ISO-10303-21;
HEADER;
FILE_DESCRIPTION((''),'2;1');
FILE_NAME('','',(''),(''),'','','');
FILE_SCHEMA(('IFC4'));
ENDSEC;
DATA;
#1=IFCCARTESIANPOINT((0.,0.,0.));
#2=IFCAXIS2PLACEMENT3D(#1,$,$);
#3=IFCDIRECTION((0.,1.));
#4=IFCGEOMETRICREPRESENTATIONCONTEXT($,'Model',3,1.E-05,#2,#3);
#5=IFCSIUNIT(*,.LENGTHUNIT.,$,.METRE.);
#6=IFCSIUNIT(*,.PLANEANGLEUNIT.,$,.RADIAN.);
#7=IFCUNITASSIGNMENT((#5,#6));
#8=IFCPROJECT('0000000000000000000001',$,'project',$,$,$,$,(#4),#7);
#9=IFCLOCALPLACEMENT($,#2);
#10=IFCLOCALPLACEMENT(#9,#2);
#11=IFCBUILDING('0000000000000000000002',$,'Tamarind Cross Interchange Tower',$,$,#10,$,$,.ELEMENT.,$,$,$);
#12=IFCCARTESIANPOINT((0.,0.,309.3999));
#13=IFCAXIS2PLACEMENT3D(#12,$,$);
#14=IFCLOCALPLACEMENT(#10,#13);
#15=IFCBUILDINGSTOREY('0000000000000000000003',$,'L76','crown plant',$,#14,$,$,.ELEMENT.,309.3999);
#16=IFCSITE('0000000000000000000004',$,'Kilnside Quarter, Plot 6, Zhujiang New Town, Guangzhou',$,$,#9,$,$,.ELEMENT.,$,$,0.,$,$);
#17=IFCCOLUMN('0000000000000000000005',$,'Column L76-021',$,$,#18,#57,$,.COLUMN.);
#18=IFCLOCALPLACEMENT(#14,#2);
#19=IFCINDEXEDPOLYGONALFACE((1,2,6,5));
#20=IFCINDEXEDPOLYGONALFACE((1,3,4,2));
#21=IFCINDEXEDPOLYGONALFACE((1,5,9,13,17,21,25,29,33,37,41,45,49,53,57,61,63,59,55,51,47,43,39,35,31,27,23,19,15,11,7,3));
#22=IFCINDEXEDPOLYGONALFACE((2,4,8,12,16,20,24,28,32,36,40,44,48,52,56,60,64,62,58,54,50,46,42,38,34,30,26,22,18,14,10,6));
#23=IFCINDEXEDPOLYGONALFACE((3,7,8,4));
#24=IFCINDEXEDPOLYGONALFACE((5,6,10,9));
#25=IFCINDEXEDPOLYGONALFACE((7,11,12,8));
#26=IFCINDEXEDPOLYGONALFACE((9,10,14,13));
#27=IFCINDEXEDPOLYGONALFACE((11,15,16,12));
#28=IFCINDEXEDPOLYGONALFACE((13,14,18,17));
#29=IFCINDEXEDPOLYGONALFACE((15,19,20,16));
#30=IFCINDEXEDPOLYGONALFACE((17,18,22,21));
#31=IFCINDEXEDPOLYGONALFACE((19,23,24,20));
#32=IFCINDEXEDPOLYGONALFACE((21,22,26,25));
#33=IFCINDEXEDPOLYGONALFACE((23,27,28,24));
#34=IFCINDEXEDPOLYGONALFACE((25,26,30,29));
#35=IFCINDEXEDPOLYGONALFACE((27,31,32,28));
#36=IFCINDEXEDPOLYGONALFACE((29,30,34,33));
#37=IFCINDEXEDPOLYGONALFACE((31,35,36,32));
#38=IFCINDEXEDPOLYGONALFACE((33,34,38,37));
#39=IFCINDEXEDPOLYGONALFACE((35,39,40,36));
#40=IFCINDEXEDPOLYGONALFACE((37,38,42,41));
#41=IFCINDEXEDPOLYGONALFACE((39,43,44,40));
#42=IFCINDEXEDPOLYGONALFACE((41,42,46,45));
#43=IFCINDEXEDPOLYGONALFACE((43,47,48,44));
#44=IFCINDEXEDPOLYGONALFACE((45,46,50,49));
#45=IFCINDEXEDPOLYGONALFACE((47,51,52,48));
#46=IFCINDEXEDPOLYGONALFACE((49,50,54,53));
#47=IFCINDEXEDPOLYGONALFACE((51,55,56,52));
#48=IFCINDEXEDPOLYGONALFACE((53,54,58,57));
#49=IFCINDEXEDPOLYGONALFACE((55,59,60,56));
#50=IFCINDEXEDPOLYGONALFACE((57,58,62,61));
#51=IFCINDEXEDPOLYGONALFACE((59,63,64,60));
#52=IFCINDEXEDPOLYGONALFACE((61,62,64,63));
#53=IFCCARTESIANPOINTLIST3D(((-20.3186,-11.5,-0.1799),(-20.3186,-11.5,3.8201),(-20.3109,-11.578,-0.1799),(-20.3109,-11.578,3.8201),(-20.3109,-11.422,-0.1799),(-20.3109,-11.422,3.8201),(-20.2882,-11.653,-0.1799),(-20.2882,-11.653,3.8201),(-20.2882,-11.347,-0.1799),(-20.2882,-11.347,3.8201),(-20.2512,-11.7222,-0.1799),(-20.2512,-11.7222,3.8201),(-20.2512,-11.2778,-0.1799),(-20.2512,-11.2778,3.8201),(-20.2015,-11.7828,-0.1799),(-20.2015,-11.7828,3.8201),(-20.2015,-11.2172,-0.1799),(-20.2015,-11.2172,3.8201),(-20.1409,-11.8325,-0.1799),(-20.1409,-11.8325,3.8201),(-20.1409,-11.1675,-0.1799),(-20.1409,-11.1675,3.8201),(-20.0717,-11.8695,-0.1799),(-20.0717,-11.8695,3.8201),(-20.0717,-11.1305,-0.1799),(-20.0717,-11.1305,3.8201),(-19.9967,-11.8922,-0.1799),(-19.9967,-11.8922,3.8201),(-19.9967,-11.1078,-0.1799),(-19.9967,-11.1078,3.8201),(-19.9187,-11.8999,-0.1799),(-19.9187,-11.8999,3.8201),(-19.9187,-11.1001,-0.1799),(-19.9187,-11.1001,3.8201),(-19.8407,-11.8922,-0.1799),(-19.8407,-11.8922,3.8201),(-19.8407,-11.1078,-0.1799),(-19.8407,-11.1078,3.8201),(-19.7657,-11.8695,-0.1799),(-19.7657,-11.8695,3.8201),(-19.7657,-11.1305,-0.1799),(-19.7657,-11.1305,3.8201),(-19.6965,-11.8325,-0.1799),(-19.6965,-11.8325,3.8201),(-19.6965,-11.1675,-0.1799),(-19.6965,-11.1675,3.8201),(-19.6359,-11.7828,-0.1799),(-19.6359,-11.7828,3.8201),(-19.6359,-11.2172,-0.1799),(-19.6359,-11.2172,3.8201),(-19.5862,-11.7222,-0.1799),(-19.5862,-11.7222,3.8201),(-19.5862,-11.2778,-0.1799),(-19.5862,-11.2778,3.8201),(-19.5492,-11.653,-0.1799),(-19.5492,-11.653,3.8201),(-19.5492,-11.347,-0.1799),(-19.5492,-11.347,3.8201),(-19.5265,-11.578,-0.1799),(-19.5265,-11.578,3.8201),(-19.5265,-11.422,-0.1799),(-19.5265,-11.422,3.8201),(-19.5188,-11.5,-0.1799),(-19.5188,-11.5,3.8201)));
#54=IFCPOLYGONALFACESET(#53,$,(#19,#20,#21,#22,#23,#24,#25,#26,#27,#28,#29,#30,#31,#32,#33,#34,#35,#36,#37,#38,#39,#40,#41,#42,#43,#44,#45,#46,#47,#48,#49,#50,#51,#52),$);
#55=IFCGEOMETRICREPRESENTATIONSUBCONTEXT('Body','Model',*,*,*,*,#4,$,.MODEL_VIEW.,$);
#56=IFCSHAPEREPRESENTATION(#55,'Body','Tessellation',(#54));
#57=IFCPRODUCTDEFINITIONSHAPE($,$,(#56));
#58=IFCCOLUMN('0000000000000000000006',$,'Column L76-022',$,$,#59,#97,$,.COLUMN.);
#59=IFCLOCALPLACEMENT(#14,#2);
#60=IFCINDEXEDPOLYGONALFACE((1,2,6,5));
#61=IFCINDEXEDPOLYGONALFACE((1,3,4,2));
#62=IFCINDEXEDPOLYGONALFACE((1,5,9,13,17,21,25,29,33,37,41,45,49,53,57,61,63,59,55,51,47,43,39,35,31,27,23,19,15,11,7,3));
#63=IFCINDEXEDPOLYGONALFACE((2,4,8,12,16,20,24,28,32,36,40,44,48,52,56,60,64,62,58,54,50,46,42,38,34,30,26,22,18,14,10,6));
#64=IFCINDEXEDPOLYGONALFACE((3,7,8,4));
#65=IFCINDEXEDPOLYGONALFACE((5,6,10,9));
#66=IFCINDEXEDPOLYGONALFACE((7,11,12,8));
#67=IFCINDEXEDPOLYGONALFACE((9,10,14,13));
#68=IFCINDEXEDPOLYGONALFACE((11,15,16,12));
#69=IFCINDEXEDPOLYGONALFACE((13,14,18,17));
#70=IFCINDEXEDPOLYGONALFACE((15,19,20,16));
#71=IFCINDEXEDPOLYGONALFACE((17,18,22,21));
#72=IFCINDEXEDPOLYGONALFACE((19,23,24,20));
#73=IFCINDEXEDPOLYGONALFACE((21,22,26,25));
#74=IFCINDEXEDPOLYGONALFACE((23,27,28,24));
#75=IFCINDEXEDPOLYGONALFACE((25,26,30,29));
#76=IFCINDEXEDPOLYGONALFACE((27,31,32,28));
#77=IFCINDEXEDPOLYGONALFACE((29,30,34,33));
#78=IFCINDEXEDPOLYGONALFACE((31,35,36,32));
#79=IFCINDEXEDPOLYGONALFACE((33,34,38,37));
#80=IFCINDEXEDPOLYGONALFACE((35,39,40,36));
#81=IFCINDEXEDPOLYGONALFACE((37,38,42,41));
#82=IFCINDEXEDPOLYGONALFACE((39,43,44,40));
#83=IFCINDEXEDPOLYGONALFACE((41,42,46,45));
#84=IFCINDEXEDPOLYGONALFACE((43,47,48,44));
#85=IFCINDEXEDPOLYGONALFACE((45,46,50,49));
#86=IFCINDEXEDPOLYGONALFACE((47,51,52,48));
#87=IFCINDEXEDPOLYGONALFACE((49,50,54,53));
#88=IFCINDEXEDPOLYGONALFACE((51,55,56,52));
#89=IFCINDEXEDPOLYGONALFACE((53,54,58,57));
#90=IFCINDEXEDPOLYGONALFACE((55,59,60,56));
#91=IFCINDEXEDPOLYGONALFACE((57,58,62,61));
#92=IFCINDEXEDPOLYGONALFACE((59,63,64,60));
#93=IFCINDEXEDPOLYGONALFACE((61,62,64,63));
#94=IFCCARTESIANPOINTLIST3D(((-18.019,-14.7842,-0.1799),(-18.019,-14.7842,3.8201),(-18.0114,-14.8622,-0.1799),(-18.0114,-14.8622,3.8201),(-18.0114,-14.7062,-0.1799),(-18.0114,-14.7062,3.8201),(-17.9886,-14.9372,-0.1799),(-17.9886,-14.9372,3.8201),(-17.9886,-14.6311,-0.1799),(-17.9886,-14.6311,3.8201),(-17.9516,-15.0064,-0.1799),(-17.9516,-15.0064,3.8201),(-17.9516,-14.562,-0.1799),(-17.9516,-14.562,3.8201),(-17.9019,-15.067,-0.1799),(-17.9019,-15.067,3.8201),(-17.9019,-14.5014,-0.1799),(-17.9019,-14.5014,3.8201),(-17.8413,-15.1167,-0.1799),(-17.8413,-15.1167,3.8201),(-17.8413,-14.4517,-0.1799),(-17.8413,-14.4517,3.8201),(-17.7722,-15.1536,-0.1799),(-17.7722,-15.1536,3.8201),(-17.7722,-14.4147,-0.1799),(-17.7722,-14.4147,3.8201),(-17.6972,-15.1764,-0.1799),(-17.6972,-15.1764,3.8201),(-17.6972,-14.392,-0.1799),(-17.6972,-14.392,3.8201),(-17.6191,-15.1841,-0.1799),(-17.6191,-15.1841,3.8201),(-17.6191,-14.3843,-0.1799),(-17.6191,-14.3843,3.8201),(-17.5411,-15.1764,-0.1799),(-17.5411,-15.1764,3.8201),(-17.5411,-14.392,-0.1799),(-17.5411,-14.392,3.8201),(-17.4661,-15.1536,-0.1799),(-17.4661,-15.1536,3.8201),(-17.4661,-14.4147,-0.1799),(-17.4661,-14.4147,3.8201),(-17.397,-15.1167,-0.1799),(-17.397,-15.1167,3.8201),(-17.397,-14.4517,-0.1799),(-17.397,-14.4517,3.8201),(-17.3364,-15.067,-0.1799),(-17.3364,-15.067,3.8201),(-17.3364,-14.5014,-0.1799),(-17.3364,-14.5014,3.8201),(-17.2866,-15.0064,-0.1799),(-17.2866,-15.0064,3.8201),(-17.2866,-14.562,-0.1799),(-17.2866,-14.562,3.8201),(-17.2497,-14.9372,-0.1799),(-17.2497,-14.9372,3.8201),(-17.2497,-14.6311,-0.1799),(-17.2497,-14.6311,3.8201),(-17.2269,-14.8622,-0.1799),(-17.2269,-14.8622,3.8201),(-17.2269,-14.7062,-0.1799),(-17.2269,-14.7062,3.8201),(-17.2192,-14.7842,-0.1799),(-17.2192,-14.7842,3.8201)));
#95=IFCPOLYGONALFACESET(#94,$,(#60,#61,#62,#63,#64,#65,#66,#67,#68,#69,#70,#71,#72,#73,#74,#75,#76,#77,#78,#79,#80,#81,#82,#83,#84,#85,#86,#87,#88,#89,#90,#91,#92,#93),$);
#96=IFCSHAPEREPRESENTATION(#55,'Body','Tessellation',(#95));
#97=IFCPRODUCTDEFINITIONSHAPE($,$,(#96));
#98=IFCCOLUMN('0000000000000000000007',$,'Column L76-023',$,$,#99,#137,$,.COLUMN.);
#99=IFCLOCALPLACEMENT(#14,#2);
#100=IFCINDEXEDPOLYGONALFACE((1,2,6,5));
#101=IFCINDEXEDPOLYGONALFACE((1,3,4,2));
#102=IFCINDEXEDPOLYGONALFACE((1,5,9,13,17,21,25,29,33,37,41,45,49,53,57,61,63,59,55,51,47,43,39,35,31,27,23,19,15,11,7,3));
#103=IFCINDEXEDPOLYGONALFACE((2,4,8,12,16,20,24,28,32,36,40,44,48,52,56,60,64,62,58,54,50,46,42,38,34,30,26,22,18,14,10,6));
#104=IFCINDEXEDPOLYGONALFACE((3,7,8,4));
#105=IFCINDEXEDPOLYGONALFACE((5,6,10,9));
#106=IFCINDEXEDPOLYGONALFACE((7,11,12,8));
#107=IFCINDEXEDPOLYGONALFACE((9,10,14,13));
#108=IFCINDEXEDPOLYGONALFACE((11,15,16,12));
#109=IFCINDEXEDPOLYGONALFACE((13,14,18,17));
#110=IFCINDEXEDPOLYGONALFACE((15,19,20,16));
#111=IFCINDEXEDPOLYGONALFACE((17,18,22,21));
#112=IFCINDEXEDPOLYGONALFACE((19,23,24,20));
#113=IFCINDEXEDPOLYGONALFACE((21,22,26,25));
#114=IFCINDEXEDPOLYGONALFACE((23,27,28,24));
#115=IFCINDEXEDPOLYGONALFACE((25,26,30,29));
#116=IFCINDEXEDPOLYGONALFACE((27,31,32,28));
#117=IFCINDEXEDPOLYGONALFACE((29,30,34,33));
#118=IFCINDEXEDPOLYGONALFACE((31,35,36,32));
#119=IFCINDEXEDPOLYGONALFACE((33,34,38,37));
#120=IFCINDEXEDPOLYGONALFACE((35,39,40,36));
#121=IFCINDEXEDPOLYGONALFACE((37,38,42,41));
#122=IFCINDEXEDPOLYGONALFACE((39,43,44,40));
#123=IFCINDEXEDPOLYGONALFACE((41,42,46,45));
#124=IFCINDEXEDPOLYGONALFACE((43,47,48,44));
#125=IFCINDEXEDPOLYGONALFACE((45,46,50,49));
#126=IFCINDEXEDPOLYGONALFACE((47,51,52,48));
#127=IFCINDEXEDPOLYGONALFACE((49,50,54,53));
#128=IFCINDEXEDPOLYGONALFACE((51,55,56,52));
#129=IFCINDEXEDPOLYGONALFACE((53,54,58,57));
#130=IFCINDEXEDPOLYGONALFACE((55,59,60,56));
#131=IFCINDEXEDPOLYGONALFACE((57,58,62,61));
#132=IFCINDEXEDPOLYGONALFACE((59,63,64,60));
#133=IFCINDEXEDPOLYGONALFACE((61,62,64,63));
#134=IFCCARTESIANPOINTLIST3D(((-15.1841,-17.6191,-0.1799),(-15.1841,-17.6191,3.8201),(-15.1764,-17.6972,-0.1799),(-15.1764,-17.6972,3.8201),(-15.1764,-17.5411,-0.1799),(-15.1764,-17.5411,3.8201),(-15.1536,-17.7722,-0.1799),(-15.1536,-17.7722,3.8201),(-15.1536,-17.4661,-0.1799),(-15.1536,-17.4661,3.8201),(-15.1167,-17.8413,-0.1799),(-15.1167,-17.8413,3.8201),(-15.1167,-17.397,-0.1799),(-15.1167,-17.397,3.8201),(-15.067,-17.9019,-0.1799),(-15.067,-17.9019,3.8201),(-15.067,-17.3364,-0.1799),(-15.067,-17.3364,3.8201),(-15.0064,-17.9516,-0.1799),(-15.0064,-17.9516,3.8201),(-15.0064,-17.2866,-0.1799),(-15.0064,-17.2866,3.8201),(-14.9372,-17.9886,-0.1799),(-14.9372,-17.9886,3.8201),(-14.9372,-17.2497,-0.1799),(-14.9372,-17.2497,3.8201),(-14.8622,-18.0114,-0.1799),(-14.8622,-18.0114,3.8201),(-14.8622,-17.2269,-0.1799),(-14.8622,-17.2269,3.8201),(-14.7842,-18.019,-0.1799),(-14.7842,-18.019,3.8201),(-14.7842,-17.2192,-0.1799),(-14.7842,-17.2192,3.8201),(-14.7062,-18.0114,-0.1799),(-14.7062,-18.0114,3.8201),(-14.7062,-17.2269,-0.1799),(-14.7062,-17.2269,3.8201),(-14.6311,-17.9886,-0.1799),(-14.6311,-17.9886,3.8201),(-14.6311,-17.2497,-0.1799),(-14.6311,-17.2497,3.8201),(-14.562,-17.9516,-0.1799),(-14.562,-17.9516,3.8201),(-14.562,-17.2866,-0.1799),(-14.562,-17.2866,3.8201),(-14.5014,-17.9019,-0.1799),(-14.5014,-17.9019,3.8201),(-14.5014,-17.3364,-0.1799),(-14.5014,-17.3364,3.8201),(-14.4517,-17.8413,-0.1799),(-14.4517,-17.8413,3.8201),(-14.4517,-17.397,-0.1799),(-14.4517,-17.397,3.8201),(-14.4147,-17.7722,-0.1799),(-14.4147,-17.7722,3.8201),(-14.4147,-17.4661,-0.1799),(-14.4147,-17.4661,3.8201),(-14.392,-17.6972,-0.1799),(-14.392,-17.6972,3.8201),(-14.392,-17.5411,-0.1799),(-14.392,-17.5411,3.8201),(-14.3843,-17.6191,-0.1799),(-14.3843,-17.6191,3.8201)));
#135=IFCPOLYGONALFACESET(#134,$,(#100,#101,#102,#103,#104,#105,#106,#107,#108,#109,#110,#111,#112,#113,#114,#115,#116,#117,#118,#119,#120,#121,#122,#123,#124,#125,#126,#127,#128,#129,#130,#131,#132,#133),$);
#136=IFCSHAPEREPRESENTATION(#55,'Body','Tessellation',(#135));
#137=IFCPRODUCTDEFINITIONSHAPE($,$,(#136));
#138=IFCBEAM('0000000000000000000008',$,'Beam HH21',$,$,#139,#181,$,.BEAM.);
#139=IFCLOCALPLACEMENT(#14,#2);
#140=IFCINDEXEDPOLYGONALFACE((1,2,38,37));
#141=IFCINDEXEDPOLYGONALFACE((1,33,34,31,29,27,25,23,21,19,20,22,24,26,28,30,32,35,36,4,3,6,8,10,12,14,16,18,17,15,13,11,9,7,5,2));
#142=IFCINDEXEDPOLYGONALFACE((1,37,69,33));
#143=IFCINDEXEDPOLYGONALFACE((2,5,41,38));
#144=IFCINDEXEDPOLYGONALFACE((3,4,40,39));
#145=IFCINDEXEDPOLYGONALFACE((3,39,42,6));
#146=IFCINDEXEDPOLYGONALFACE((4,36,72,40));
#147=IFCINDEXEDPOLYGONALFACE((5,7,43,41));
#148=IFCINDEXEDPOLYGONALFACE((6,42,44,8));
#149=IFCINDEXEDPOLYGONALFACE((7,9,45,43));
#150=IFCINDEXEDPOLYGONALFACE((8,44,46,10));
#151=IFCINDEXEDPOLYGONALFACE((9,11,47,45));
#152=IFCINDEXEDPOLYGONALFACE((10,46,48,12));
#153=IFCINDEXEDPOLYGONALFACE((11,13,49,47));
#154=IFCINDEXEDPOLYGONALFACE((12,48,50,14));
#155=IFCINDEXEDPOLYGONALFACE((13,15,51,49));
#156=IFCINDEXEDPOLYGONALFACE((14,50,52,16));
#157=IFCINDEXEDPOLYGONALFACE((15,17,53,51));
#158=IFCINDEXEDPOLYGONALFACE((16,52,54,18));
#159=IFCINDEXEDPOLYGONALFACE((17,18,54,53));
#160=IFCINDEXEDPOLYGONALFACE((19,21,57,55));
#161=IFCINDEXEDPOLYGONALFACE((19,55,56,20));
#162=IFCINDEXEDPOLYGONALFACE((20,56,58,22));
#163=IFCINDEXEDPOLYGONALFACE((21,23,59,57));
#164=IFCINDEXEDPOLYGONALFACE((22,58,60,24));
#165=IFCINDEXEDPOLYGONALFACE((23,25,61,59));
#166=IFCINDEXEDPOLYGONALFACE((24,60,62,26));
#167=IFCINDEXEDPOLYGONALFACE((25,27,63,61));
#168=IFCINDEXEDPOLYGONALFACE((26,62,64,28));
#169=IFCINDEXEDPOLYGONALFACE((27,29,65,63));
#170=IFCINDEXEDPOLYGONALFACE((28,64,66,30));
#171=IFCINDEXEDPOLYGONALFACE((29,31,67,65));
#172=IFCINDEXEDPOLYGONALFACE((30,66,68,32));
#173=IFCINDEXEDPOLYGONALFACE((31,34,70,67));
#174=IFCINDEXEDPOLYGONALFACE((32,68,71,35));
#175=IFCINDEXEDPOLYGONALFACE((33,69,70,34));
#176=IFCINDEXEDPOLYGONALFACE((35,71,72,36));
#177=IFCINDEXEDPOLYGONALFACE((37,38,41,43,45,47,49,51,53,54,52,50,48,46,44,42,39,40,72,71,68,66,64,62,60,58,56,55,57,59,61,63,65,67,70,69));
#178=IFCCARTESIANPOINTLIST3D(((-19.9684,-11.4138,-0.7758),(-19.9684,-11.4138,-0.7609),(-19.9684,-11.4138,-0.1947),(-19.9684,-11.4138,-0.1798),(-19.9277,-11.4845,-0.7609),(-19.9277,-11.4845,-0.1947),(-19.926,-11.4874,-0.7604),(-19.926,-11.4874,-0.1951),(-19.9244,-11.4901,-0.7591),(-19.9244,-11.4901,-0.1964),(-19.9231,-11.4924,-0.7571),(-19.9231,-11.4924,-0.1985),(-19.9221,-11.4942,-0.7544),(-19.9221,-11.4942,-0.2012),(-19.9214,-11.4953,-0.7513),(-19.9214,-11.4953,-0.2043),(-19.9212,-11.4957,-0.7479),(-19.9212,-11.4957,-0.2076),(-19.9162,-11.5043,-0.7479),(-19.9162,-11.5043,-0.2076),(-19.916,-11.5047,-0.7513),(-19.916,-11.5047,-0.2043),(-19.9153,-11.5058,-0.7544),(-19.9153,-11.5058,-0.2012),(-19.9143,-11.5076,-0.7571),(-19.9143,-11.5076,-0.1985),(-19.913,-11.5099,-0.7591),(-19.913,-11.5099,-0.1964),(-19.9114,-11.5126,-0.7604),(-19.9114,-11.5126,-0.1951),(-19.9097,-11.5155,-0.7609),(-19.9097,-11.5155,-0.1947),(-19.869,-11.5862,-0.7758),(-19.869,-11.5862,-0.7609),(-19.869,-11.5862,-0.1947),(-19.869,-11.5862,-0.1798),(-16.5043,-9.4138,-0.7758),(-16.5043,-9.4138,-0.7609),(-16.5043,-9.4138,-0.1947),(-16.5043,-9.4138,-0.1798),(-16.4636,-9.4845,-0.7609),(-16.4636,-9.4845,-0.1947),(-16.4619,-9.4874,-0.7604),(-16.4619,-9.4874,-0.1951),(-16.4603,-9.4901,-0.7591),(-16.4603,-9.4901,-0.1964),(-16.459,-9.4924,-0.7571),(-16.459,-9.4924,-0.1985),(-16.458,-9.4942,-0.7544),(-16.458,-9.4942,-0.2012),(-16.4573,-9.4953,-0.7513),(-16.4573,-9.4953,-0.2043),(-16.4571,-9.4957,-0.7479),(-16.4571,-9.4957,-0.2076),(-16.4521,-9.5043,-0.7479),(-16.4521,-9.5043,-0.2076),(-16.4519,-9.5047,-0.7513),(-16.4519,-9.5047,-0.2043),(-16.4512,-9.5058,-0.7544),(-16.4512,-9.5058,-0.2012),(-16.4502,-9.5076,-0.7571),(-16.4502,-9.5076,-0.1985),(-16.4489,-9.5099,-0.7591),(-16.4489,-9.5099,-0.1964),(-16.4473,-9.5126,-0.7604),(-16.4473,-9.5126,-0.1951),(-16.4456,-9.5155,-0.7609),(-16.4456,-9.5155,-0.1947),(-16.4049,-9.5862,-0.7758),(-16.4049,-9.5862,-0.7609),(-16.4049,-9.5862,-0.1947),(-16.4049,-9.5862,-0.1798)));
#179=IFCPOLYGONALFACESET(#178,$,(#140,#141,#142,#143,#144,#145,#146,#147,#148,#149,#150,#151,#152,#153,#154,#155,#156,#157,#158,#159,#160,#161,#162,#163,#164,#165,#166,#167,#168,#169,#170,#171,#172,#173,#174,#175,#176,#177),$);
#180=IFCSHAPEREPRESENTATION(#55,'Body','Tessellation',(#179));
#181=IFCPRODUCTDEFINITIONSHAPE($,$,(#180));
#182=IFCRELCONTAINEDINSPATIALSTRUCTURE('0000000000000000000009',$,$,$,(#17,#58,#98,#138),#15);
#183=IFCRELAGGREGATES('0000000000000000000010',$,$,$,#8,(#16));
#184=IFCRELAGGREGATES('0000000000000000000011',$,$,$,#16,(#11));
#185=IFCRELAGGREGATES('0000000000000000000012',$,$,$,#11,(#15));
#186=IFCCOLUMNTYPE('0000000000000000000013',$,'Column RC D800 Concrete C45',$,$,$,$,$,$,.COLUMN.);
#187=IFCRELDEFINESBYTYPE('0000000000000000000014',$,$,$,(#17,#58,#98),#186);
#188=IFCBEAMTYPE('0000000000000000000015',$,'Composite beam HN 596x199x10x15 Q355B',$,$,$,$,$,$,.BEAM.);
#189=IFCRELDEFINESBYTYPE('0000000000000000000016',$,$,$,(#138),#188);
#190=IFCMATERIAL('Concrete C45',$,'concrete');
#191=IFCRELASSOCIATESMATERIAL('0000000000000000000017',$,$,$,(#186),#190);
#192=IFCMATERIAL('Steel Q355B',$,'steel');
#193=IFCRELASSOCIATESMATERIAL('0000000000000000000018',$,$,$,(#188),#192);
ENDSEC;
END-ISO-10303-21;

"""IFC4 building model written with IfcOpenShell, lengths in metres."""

from ifc_helpers import new_model, si_unit, direction, frame, origin, origin_2d, place, context, subcontext, project, spatial, circle, i_section, extrude, material, material_profile, profile_set, type_object, element, save


model = new_model("IFC4")

# Units and contexts
model_context = context("Model", 3, precision=1e-05, world=origin(), true_north=direction((0.0, 1.0)))
body_context = subcontext(model_context, "Body", "Model", "MODEL_VIEW")
ifc_project = project(units=[si_unit("LENGTHUNIT", "METRE"), si_unit("PLANEANGLEUNIT", "RADIAN")], contexts=[model_context])

# Site, building, storey
site_placement = place(None, origin())
site = spatial("IfcSite", under=ifc_project, at=site_placement, Name="Kilnside Quarter, Plot 6, Zhujiang New Town, Guangzhou", CompositionType="ELEMENT", RefElevation=0.0)
building_placement = place(site_placement, origin())
building = spatial("IfcBuilding", under=site, at=building_placement, Name="Tamarind Cross Interchange Tower", CompositionType="ELEMENT")
storey_placement = place(building_placement, frame((0.0, 0.0, 309.3999)))
storey = spatial("IfcBuildingStorey", under=building, at=storey_placement, Name="L76", Description="crown plant", CompositionType="ELEMENT", Elevation=309.3999)

# Columns
ifc_material_1 = material(Name="Concrete C45", Category="concrete")
ifc_material_profile_1 = material_profile(ifc_material_1, circle(Radius=0.3999, at=origin_2d()), Name="RC D800")
ifc_profile_set_1 = profile_set([ifc_material_profile_1], Name="Concrete C45")
column_type = type_object("IfcColumnType", Name="Column RC D800 Concrete C45", PredefinedType="COLUMN", material=ifc_profile_set_1)
for number, where, z_axis, x_axis, name in (
    (1, (-19.9187, -11.5, -0.1799), (0.0, 0.0, 1.0), (1.0, 0.0, 0.0), "Column L76-021"),
    (2, (-17.6191, -14.7842, -0.1799), (0.0, 0.0, 1.0), (1.0, 0.0, 0.0), "Column L76-022"),
    (3, (-14.7842, -17.6191, -0.1799), (0.0, 0.0, 1.0), (1.0, 0.0, 0.0), "Column L76-023"),
):
    element("IfcColumn", number, at=place(storey_placement, frame(where, z_axis=z_axis, x_axis=x_axis)), inside=storey, type_object=column_type, Name=name, PredefinedType="COLUMN", context=body_context, shape_type="SweptSolid", body=[
        extrude(circle(Radius=0.3999, at=origin_2d()), origin(), (0.0, 0.0, 1.0), 4.0),
    ])

# Beam
ifc_material_2 = material(Name="Steel Q355B", Category="steel")
ifc_material_profile_2 = material_profile(ifc_material_2, i_section(OverallWidth=0.199, OverallDepth=0.5959, WebThickness=0.01, FlangeThickness=0.0149, FilletRadius=0.0129, at=origin_2d()), Name="HN 596x199x10x15")
ifc_profile_set_2 = profile_set([ifc_material_profile_2], Name="Steel Q355B")
beam_type = type_object("IfcBeamType", Name="Composite beam HN 596x199x10x15 Q355B", PredefinedType="BEAM", material=ifc_profile_set_2)
beam_1_placement = place(storey_placement, frame((-19.9187, -11.5, -0.4778), z_axis=(0.866026, 0.499999, 0.0), x_axis=(-0.499999, 0.866026, 0.0)))
element("IfcBeam", 4, at=beam_1_placement, inside=storey, type_object=beam_type, Name="Beam HH21", PredefinedType="BEAM", context=body_context, shape_type="SweptSolid", body=[
    extrude(i_section(OverallWidth=0.199, OverallDepth=0.5959, WebThickness=0.01, FlangeThickness=0.0149, FilletRadius=0.0129, at=origin_2d()), origin(), (0.0, 0.0, 1.0), 4.0),
])

save(model, "model.ifc")
